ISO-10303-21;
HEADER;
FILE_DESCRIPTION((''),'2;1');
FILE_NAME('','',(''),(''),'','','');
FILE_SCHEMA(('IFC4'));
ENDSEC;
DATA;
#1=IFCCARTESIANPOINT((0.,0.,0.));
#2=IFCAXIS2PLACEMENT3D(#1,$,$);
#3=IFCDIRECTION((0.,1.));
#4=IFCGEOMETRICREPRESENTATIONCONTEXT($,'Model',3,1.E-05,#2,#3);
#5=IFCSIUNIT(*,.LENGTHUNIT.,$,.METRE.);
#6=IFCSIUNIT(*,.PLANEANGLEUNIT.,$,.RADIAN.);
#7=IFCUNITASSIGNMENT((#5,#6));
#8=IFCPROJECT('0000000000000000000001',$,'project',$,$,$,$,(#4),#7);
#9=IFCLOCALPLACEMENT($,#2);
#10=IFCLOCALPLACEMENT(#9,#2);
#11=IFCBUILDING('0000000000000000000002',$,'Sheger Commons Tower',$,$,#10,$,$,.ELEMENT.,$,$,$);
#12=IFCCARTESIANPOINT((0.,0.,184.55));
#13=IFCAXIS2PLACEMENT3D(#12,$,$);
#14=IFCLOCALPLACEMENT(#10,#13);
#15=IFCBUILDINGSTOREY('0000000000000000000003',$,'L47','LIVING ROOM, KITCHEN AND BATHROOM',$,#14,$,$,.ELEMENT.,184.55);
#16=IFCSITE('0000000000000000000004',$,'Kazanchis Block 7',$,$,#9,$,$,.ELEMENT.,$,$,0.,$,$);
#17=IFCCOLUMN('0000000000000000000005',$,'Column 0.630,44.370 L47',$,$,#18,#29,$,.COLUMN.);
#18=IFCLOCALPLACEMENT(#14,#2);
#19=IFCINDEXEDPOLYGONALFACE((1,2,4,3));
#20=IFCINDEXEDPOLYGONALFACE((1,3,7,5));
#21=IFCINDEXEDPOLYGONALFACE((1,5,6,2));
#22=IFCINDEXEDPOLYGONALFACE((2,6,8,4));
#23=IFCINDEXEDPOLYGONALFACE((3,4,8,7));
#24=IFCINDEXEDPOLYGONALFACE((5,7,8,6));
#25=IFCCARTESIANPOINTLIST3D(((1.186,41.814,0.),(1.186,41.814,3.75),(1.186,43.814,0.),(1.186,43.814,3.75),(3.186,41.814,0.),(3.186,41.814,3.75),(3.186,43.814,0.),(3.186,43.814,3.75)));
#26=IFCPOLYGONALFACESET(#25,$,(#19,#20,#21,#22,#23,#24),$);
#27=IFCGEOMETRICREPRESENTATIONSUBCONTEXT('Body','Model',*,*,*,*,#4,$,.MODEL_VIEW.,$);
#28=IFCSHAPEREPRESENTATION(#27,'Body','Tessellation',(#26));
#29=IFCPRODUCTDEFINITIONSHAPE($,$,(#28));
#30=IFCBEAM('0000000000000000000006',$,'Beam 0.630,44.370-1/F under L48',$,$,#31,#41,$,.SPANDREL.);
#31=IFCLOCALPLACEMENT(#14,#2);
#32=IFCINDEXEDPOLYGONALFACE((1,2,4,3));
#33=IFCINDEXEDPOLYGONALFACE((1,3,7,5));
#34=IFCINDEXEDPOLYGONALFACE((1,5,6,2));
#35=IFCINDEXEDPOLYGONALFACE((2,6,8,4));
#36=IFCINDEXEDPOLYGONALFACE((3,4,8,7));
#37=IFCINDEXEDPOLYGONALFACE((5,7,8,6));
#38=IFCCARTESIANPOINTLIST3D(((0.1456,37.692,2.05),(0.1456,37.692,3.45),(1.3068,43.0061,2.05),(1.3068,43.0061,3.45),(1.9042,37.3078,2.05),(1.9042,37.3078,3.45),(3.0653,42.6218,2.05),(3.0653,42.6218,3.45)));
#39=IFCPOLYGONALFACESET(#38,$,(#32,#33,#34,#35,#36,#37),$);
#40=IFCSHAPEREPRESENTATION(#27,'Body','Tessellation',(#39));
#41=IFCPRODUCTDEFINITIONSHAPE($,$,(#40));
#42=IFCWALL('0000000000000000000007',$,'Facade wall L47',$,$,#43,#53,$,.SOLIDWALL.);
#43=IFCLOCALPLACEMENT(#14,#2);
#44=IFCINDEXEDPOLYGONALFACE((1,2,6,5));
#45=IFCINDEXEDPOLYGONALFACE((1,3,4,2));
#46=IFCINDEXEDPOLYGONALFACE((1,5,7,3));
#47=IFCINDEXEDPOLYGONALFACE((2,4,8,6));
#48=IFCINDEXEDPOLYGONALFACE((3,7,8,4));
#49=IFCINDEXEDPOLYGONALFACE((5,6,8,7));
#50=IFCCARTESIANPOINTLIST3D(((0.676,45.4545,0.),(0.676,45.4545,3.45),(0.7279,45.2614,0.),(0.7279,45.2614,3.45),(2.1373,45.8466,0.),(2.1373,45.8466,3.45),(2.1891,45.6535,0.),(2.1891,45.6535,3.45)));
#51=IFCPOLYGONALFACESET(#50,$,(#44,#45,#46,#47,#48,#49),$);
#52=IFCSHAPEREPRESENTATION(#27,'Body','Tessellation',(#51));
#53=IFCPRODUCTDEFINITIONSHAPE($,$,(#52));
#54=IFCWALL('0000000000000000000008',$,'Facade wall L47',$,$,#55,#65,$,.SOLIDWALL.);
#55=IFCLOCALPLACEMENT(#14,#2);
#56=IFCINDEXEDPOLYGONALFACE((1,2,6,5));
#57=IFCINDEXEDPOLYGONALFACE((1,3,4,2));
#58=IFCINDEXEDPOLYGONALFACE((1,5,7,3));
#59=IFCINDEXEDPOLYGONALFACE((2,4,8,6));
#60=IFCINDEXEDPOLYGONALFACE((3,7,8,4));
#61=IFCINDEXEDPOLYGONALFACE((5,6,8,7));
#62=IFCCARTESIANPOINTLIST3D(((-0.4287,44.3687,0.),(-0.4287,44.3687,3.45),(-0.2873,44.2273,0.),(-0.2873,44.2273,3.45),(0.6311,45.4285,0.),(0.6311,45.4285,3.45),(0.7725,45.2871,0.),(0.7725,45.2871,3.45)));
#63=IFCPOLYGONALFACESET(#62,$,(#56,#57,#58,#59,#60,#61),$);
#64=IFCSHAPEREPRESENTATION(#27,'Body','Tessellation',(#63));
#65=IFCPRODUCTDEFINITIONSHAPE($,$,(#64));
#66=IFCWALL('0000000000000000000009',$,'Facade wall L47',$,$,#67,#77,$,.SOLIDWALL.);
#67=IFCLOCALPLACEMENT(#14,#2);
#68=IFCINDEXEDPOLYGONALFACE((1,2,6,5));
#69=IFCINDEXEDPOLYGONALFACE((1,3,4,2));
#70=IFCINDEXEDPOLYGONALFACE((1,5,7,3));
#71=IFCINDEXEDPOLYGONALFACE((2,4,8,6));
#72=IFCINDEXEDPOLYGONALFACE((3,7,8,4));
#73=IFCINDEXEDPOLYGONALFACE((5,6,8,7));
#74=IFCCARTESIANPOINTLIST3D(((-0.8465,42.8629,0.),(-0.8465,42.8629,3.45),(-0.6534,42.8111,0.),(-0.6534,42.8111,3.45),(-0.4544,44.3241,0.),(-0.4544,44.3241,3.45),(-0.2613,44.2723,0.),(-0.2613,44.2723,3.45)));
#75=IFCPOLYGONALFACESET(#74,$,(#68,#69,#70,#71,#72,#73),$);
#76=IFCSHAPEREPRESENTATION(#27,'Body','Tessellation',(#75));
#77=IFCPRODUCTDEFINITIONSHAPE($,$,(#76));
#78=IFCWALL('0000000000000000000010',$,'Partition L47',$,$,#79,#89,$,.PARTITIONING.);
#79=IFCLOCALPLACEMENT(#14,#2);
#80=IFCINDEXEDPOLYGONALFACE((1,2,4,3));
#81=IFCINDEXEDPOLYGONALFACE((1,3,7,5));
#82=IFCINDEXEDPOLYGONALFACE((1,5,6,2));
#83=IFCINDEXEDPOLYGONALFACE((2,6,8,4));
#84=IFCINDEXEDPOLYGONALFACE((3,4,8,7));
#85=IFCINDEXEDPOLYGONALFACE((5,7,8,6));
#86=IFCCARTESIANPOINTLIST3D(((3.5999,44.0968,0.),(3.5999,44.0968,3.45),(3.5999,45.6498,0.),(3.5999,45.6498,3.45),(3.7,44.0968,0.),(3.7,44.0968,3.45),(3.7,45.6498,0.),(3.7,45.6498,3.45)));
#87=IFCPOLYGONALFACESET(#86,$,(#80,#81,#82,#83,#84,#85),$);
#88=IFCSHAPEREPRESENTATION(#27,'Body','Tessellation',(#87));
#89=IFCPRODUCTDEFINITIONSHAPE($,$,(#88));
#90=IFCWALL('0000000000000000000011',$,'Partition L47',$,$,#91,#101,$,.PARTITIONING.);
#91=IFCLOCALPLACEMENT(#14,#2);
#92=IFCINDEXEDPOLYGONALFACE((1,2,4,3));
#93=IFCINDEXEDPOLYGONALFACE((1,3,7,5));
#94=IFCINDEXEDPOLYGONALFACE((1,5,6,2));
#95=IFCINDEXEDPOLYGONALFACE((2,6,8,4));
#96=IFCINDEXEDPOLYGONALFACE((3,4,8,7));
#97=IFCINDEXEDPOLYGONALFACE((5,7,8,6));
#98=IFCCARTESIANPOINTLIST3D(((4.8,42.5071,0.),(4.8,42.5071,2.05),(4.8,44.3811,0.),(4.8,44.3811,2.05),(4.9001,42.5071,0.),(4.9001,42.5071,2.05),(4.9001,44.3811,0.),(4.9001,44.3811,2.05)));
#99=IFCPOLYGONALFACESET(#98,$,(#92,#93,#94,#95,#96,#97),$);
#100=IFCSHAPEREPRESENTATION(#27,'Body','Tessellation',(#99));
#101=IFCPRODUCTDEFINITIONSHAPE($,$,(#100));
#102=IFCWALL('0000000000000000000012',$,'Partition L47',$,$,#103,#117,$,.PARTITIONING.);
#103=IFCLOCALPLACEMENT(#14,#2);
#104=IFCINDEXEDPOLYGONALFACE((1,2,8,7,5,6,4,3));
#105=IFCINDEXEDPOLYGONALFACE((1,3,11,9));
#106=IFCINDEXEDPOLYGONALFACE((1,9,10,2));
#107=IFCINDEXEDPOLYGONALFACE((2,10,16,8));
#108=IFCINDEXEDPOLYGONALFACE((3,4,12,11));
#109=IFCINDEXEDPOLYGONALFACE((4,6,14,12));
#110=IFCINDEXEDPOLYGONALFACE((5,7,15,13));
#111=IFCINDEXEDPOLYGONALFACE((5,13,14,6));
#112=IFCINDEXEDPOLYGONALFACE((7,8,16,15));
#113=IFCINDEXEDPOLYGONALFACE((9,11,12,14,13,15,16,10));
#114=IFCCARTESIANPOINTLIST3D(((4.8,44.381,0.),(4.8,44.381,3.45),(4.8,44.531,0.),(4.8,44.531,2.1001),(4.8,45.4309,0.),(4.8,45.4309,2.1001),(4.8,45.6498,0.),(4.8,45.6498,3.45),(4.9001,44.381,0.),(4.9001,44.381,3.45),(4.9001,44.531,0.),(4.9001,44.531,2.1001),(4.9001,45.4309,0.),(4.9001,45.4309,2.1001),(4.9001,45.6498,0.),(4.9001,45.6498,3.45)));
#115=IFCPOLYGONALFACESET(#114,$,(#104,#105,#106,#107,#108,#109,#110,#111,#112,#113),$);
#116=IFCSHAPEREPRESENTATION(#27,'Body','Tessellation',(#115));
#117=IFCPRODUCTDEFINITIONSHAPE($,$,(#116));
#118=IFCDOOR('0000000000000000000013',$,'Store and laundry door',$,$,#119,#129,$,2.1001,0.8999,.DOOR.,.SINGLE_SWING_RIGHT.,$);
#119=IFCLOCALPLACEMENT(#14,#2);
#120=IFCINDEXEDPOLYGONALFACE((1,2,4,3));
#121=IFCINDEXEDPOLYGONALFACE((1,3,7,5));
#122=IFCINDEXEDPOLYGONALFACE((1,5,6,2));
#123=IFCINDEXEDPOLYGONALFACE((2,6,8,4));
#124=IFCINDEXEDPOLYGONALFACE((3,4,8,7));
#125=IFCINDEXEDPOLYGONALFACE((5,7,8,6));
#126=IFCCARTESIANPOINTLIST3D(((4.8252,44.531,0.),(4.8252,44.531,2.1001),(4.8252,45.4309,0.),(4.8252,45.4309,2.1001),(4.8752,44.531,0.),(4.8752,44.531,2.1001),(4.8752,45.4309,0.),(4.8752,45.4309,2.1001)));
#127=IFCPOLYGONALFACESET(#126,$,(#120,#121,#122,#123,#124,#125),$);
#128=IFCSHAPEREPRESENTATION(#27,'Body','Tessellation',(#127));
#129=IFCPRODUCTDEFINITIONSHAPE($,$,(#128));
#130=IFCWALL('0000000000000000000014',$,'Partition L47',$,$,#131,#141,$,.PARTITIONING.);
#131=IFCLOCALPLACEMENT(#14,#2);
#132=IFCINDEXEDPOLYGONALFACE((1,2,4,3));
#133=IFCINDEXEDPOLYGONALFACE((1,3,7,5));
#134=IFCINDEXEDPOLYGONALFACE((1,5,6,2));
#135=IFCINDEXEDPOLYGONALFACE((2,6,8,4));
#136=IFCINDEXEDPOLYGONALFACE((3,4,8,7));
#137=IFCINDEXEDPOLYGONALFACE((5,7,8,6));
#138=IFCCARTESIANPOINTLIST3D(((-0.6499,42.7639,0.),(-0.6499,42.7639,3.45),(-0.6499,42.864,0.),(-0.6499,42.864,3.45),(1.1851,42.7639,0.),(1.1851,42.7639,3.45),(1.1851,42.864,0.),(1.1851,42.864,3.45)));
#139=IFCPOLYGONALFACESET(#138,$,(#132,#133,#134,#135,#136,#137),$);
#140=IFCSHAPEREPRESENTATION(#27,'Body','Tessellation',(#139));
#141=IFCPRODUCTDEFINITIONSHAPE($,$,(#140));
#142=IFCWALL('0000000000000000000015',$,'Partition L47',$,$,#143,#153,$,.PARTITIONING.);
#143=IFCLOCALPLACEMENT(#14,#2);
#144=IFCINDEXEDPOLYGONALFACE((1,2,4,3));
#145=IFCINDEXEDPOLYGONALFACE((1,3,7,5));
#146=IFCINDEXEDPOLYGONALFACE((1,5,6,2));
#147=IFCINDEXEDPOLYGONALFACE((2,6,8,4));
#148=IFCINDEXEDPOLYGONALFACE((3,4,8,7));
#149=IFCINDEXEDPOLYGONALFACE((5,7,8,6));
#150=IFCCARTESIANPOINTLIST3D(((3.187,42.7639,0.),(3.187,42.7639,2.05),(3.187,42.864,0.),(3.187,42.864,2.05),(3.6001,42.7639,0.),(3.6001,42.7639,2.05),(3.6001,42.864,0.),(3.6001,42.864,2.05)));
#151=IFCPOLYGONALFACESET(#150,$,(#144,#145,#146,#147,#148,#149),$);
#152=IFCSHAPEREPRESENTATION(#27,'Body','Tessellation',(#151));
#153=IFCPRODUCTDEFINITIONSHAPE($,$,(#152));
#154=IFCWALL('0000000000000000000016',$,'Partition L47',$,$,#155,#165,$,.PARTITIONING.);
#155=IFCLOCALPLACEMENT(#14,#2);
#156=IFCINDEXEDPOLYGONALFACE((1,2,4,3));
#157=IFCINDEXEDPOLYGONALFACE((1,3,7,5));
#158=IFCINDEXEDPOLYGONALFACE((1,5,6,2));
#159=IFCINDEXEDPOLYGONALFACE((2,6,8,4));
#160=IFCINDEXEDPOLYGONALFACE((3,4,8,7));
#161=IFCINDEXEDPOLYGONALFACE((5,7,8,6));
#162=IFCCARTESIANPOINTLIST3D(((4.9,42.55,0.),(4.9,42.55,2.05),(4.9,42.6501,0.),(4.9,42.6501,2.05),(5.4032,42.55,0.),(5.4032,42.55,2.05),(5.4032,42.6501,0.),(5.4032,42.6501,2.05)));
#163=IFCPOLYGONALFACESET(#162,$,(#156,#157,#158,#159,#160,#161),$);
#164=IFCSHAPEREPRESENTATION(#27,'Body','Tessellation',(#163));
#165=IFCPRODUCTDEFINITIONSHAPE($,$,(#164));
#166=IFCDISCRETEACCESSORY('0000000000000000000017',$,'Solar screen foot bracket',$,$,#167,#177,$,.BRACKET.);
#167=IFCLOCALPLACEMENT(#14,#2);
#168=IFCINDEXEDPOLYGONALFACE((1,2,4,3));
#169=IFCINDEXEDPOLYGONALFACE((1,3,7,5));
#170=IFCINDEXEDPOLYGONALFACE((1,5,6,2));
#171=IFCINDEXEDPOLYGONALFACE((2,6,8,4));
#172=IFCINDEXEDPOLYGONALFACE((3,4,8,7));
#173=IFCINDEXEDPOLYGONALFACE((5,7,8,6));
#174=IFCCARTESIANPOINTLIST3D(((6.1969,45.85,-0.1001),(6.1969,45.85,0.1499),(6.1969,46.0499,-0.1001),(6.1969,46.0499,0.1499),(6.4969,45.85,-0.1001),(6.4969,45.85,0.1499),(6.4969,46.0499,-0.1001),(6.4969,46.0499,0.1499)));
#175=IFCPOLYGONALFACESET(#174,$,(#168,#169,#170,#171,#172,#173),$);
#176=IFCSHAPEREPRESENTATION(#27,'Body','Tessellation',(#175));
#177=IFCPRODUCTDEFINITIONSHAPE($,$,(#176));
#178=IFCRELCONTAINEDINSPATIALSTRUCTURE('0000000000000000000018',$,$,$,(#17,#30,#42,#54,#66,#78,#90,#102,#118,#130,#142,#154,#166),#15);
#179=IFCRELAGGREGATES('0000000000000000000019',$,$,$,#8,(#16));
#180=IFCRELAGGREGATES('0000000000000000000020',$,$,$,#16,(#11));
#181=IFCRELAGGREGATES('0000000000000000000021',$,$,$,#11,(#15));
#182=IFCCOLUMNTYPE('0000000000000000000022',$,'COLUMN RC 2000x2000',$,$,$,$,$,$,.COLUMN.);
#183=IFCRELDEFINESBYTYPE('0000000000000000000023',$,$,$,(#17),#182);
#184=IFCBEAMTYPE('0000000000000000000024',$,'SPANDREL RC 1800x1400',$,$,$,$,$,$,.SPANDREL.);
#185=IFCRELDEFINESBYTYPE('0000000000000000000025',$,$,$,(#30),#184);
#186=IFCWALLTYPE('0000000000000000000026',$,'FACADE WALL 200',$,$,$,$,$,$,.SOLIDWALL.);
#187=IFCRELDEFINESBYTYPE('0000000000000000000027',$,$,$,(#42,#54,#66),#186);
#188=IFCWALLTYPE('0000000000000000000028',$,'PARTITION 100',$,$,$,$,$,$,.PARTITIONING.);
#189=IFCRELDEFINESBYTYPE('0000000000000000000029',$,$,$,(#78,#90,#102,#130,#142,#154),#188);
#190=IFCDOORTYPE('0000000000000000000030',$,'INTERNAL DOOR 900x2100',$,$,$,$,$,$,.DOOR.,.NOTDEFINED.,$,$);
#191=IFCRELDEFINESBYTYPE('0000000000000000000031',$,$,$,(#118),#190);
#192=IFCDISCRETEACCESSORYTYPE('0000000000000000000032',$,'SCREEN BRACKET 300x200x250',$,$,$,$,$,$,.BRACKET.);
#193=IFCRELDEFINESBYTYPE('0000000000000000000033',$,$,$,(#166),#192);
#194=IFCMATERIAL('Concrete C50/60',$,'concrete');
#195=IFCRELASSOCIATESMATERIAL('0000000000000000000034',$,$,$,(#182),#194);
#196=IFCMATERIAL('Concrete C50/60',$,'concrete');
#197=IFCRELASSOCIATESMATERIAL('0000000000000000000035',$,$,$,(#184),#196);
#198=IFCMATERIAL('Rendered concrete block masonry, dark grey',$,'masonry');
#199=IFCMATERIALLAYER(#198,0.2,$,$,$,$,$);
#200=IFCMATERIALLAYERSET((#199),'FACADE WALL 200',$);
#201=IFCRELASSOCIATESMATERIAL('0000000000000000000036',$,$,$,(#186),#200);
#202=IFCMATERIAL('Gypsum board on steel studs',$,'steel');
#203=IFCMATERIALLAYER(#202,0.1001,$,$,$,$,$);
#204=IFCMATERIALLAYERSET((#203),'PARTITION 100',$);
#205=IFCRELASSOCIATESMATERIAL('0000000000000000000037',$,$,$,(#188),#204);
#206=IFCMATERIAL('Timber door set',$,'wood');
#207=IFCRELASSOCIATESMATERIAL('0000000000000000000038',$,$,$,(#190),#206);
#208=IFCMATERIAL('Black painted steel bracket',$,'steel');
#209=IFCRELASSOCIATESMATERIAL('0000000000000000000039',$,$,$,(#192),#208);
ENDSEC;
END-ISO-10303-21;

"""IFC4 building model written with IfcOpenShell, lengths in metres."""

from ifc_helpers import new_model, si_unit, direction, frame, frame_2d, origin, origin_2d, place, context, subcontext, project, spatial, rectangle, extrude, material, layer, layer_set, material_profile, profile_set, type_object, element, fill, save


model = new_model("IFC4")

# Units and contexts
model_context = context("Model", 3, precision=1e-05, world=origin(), true_north=direction((0.0, 1.0)))
body_context = subcontext(model_context, "Body", "Model", "MODEL_VIEW")
ifc_project = project(units=[si_unit("LENGTHUNIT", "METRE"), si_unit("PLANEANGLEUNIT", "RADIAN")], contexts=[model_context])

# Site, building, storey
site_placement = place(None, origin())
site = spatial("IfcSite", under=ifc_project, at=site_placement, Name="Kazanchis Block 7", CompositionType="ELEMENT", RefElevation=0.0)
building_placement = place(site_placement, origin())
building = spatial("IfcBuilding", under=site, at=building_placement, Name="Sheger Commons Tower", CompositionType="ELEMENT")
storey_placement = place(building_placement, frame((0.0, 0.0, 184.55)))
storey = spatial("IfcBuildingStorey", under=building, at=storey_placement, Name="L47", Description="LIVING ROOM, KITCHEN AND BATHROOM", CompositionType="ELEMENT", Elevation=184.55)

# Column
ifc_material_1 = material(Name="Concrete C50/60", Category="concrete")
ifc_material_profile_1 = material_profile(ifc_material_1, rectangle(XDim=2.0, YDim=2.0, at=origin_2d()), Name="RC 2000x2000")
ifc_profile_set_1 = profile_set([ifc_material_profile_1], Name="Concrete C50/60")
column_type = type_object("IfcColumnType", Name="COLUMN RC 2000x2000", PredefinedType="COLUMN", material=ifc_profile_set_1)
column_placement = place(storey_placement, frame((2.186, 42.814, 0.0), z_axis=(0.0, 0.0, 1.0), x_axis=(1.0, 0.0, 0.0)))
element("IfcColumn", 1, at=column_placement, inside=storey, type_object=column_type, Name="Column 0.630,44.370 L47", PredefinedType="COLUMN", context=body_context, shape_type="SweptSolid", body=[
    extrude(rectangle(XDim=2.0, YDim=2.0, at=origin_2d()), origin(), (0.0, 0.0, 1.0), 3.75),
])

# Beam
ifc_material_2 = material(Name="Concrete C50/60", Category="concrete")
ifc_material_profile_2 = material_profile(ifc_material_2, rectangle(XDim=1.8, YDim=1.3999, at=origin_2d()), Name="RC 1800x1400")
ifc_profile_set_2 = profile_set([ifc_material_profile_2], Name="Concrete C50/60")
beam_type = type_object("IfcBeamType", Name="SPANDREL RC 1800x1400", PredefinedType="SPANDREL", material=ifc_profile_set_2)
beam_placement = place(storey_placement, frame((2.186, 42.814, 2.75), z_axis=(-0.213469, -0.97695, 0.0), x_axis=(0.97695, -0.213469, 0.0)))
element("IfcBeam", 2, at=beam_placement, inside=storey, type_object=beam_type, Name="Beam 0.630,44.370-1/F under L48", PredefinedType="SPANDREL", context=body_context, shape_type="SweptSolid", body=[
    extrude(rectangle(XDim=1.8, YDim=1.3999, at=origin_2d()), origin(), (0.0, 0.0, 1.0), 5.4395),
])

# Walls
ifc_material_3 = material(Name="Rendered concrete block masonry, dark grey", Category="masonry")
ifc_layer_1 = layer(ifc_material_3, 0.2)
ifc_layer_set_1 = layer_set([ifc_layer_1], Name="FACADE WALL 200")
wall_type_1 = type_object("IfcWallType", Name="FACADE WALL 200", PredefinedType="SOLIDWALL", material=ifc_layer_set_1)
wall_1_placement = place(storey_placement, frame((2.1631, 45.75, 0.0), z_axis=(0.0, 0.0, 1.0), x_axis=(-0.965832, -0.259169, 0.0)))
element("IfcWall", 3, at=wall_1_placement, inside=storey, type_object=wall_type_1, Name="Facade wall L47", PredefinedType="SOLIDWALL", context=body_context, shape_type="SweptSolid", body=[
    extrude(rectangle(XDim=1.5129, YDim=0.2, at=frame_2d((0.7563, 0.0))), origin(), (0.0, 0.0, 1.0), 3.45),
])
wall_2_placement = place(storey_placement, frame((0.7019, 45.3579, 0.0), z_axis=(0.0, 0.0, 1.0), x_axis=(-0.707107, -0.707107, 0.0)))
element("IfcWall", 4, at=wall_2_placement, inside=storey, type_object=wall_type_1, Name="Facade wall L47", PredefinedType="SOLIDWALL", context=body_context, shape_type="SweptSolid", body=[
    extrude(rectangle(XDim=1.4988, YDim=0.2, at=frame_2d((0.7495, 0.0))), origin(), (0.0, 0.0, 1.0), 3.45),
])
wall_3_placement = place(storey_placement, frame((-0.3579, 44.2981, 0.0), z_axis=(0.0, 0.0, 1.0), x_axis=(-0.259169, -0.965832, 0.0)))
element("IfcWall", 5, at=wall_3_placement, inside=storey, type_object=wall_type_1, Name="Facade wall L47", PredefinedType="SOLIDWALL", context=body_context, shape_type="SweptSolid", body=[
    extrude(rectangle(XDim=1.5129, YDim=0.2, at=frame_2d((0.7563, 0.0))), origin(), (0.0, 0.0, 1.0), 3.45),
])

# Walls
ifc_material_4 = material(Name="Gypsum board on steel studs", Category="steel")
ifc_layer_2 = layer(ifc_material_4, 0.1001)
ifc_layer_set_2 = layer_set([ifc_layer_2], Name="PARTITION 100")
wall_type_2 = type_object("IfcWallType", Name="PARTITION 100", PredefinedType="PARTITIONING", material=ifc_layer_set_2)
wall_4_placement = place(storey_placement, frame((3.6499, 44.0969, 0.0), z_axis=(0.0, 0.0, 1.0), x_axis=(0.0, 1.0, 0.0)))
element("IfcWall", 6, at=wall_4_placement, inside=storey, type_object=wall_type_2, Name="Partition L47", PredefinedType="PARTITIONING", context=body_context, shape_type="SweptSolid", body=[
    extrude(rectangle(XDim=1.553, YDim=0.1001, at=frame_2d((0.7764, 0.0))), origin(), (0.0, 0.0, 1.0), 3.45),
])
wall_5_placement = place(storey_placement, frame((4.8501, 42.5071, 0.0), z_axis=(0.0, 0.0, 1.0), x_axis=(0.0, 1.0, 0.0)))
element("IfcWall", 7, at=wall_5_placement, inside=storey, type_object=wall_type_2, Name="Partition L47", PredefinedType="PARTITIONING", context=body_context, shape_type="SweptSolid", body=[
    extrude(rectangle(XDim=1.874, YDim=0.1001, at=frame_2d((0.937, 0.0))), origin(), (0.0, 0.0, 1.0), 2.05),
])

# Wall, opening, door
wall_6_placement = place(storey_placement, frame((4.8501, 44.3811, 0.0), z_axis=(0.0, 0.0, 1.0), x_axis=(0.0, 1.0, 0.0)))
wall_6 = element("IfcWall", 8, at=wall_6_placement, inside=storey, type_object=wall_type_2, Name="Partition L47", PredefinedType="PARTITIONING", context=body_context, shape_type="SweptSolid", body=[
    extrude(rectangle(XDim=1.2688, YDim=0.1001, at=frame_2d((0.6343, 0.0))), origin(), (0.0, 0.0, 1.0), 3.45),
])
opening_1_placement = place(wall_6_placement, frame((0.1499, 0.0, 0.0)))
opening_1 = element("IfcOpeningElement", 9, at=opening_1_placement, cuts=wall_6, PredefinedType="OPENING", context=body_context, shape_type="SweptSolid", body=[
    extrude(rectangle(XDim=0.8999, YDim=2.1001, at=frame_2d((0.45, 1.05))), frame((0.0, 0.0601, 0.0), z_axis=(0.0, -1.0, 0.0), x_axis=(1.0, 0.0, 0.0)), (0.0, 0.0, 1.0), 0.1201),
])
ifc_material_5 = material(Name="Timber door set", Category="wood")
door_type = type_object("IfcDoorType", Name="INTERNAL DOOR 900x2100", OperationType="NOTDEFINED", PredefinedType="DOOR", material=ifc_material_5)
door_placement = place(opening_1_placement, origin())
door = element("IfcDoor", 10, at=door_placement, inside=storey, type_object=door_type, Name="Store and laundry door", OperationType="SINGLE_SWING_RIGHT", OverallHeight=2.1001, OverallWidth=0.8999, PredefinedType="DOOR", context=body_context, shape_type="SweptSolid", body=[
    extrude(rectangle(XDim=0.8999, YDim=2.1001, at=frame_2d((0.45, 1.05))), frame((0.0, 0.0249, 0.0), z_axis=(0.0, -1.0, 0.0), x_axis=(1.0, 0.0, 0.0)), (0.0, 0.0, 1.0), 0.05),
])
fill(opening_1, door)

# Walls
wall_7_placement = place(storey_placement, frame((-0.6499, 42.814, 0.0), z_axis=(0.0, 0.0, 1.0), x_axis=(1.0, 0.0, 0.0)))
element("IfcWall", 11, at=wall_7_placement, inside=storey, type_object=wall_type_2, Name="Partition L47", PredefinedType="PARTITIONING", context=body_context, shape_type="SweptSolid", body=[
    extrude(rectangle(XDim=1.835, YDim=0.1001, at=frame_2d((0.9175, 0.0))), origin(), (0.0, 0.0, 1.0), 3.45),
])
wall_8_placement = place(storey_placement, frame((3.187, 42.814, 0.0), z_axis=(0.0, 0.0, 1.0), x_axis=(1.0, 0.0, 0.0)))
element("IfcWall", 12, at=wall_8_placement, inside=storey, type_object=wall_type_2, Name="Partition L47", PredefinedType="PARTITIONING", context=body_context, shape_type="SweptSolid", body=[
    extrude(rectangle(XDim=0.4131, YDim=0.1001, at=frame_2d((0.2065, 0.0))), origin(), (0.0, 0.0, 1.0), 2.05),
])
wall_9_placement = place(storey_placement, frame((5.4031, 42.6001, 0.0), z_axis=(0.0, 0.0, 1.0), x_axis=(-1.0, 0.0, 0.0)))
element("IfcWall", 13, at=wall_9_placement, inside=storey, type_object=wall_type_2, Name="Partition L47", PredefinedType="PARTITIONING", context=body_context, shape_type="SweptSolid", body=[
    extrude(rectangle(XDim=0.5032, YDim=0.1001, at=frame_2d((0.2515, 0.0))), origin(), (0.0, 0.0, 1.0), 2.05),
])

# Discrete accessory
ifc_material_6 = material(Name="Black painted steel bracket", Category="steel")
discrete_accessory_type = type_object("IfcDiscreteAccessoryType", Name="SCREEN BRACKET 300x200x250", PredefinedType="BRACKET", material=ifc_material_6)
for number, where, z_axis, x_axis, name in (
    (14, (6.3469, 45.95, -0.1001), (0.0, 0.0, 1.0), (-1.0, 0.0, 0.0), "Solar screen foot bracket"),
):
    element("IfcDiscreteAccessory", number, at=place(storey_placement, frame(where, z_axis=z_axis, x_axis=x_axis)), inside=storey, type_object=discrete_accessory_type, Name=name, PredefinedType="BRACKET", context=body_context, shape_type="SweptSolid", body=[
        extrude(rectangle(XDim=0.3, YDim=0.2, at=origin_2d()), origin(), (0.0, 0.0, 1.0), 0.25),
    ])

save(model, "model.ifc")
